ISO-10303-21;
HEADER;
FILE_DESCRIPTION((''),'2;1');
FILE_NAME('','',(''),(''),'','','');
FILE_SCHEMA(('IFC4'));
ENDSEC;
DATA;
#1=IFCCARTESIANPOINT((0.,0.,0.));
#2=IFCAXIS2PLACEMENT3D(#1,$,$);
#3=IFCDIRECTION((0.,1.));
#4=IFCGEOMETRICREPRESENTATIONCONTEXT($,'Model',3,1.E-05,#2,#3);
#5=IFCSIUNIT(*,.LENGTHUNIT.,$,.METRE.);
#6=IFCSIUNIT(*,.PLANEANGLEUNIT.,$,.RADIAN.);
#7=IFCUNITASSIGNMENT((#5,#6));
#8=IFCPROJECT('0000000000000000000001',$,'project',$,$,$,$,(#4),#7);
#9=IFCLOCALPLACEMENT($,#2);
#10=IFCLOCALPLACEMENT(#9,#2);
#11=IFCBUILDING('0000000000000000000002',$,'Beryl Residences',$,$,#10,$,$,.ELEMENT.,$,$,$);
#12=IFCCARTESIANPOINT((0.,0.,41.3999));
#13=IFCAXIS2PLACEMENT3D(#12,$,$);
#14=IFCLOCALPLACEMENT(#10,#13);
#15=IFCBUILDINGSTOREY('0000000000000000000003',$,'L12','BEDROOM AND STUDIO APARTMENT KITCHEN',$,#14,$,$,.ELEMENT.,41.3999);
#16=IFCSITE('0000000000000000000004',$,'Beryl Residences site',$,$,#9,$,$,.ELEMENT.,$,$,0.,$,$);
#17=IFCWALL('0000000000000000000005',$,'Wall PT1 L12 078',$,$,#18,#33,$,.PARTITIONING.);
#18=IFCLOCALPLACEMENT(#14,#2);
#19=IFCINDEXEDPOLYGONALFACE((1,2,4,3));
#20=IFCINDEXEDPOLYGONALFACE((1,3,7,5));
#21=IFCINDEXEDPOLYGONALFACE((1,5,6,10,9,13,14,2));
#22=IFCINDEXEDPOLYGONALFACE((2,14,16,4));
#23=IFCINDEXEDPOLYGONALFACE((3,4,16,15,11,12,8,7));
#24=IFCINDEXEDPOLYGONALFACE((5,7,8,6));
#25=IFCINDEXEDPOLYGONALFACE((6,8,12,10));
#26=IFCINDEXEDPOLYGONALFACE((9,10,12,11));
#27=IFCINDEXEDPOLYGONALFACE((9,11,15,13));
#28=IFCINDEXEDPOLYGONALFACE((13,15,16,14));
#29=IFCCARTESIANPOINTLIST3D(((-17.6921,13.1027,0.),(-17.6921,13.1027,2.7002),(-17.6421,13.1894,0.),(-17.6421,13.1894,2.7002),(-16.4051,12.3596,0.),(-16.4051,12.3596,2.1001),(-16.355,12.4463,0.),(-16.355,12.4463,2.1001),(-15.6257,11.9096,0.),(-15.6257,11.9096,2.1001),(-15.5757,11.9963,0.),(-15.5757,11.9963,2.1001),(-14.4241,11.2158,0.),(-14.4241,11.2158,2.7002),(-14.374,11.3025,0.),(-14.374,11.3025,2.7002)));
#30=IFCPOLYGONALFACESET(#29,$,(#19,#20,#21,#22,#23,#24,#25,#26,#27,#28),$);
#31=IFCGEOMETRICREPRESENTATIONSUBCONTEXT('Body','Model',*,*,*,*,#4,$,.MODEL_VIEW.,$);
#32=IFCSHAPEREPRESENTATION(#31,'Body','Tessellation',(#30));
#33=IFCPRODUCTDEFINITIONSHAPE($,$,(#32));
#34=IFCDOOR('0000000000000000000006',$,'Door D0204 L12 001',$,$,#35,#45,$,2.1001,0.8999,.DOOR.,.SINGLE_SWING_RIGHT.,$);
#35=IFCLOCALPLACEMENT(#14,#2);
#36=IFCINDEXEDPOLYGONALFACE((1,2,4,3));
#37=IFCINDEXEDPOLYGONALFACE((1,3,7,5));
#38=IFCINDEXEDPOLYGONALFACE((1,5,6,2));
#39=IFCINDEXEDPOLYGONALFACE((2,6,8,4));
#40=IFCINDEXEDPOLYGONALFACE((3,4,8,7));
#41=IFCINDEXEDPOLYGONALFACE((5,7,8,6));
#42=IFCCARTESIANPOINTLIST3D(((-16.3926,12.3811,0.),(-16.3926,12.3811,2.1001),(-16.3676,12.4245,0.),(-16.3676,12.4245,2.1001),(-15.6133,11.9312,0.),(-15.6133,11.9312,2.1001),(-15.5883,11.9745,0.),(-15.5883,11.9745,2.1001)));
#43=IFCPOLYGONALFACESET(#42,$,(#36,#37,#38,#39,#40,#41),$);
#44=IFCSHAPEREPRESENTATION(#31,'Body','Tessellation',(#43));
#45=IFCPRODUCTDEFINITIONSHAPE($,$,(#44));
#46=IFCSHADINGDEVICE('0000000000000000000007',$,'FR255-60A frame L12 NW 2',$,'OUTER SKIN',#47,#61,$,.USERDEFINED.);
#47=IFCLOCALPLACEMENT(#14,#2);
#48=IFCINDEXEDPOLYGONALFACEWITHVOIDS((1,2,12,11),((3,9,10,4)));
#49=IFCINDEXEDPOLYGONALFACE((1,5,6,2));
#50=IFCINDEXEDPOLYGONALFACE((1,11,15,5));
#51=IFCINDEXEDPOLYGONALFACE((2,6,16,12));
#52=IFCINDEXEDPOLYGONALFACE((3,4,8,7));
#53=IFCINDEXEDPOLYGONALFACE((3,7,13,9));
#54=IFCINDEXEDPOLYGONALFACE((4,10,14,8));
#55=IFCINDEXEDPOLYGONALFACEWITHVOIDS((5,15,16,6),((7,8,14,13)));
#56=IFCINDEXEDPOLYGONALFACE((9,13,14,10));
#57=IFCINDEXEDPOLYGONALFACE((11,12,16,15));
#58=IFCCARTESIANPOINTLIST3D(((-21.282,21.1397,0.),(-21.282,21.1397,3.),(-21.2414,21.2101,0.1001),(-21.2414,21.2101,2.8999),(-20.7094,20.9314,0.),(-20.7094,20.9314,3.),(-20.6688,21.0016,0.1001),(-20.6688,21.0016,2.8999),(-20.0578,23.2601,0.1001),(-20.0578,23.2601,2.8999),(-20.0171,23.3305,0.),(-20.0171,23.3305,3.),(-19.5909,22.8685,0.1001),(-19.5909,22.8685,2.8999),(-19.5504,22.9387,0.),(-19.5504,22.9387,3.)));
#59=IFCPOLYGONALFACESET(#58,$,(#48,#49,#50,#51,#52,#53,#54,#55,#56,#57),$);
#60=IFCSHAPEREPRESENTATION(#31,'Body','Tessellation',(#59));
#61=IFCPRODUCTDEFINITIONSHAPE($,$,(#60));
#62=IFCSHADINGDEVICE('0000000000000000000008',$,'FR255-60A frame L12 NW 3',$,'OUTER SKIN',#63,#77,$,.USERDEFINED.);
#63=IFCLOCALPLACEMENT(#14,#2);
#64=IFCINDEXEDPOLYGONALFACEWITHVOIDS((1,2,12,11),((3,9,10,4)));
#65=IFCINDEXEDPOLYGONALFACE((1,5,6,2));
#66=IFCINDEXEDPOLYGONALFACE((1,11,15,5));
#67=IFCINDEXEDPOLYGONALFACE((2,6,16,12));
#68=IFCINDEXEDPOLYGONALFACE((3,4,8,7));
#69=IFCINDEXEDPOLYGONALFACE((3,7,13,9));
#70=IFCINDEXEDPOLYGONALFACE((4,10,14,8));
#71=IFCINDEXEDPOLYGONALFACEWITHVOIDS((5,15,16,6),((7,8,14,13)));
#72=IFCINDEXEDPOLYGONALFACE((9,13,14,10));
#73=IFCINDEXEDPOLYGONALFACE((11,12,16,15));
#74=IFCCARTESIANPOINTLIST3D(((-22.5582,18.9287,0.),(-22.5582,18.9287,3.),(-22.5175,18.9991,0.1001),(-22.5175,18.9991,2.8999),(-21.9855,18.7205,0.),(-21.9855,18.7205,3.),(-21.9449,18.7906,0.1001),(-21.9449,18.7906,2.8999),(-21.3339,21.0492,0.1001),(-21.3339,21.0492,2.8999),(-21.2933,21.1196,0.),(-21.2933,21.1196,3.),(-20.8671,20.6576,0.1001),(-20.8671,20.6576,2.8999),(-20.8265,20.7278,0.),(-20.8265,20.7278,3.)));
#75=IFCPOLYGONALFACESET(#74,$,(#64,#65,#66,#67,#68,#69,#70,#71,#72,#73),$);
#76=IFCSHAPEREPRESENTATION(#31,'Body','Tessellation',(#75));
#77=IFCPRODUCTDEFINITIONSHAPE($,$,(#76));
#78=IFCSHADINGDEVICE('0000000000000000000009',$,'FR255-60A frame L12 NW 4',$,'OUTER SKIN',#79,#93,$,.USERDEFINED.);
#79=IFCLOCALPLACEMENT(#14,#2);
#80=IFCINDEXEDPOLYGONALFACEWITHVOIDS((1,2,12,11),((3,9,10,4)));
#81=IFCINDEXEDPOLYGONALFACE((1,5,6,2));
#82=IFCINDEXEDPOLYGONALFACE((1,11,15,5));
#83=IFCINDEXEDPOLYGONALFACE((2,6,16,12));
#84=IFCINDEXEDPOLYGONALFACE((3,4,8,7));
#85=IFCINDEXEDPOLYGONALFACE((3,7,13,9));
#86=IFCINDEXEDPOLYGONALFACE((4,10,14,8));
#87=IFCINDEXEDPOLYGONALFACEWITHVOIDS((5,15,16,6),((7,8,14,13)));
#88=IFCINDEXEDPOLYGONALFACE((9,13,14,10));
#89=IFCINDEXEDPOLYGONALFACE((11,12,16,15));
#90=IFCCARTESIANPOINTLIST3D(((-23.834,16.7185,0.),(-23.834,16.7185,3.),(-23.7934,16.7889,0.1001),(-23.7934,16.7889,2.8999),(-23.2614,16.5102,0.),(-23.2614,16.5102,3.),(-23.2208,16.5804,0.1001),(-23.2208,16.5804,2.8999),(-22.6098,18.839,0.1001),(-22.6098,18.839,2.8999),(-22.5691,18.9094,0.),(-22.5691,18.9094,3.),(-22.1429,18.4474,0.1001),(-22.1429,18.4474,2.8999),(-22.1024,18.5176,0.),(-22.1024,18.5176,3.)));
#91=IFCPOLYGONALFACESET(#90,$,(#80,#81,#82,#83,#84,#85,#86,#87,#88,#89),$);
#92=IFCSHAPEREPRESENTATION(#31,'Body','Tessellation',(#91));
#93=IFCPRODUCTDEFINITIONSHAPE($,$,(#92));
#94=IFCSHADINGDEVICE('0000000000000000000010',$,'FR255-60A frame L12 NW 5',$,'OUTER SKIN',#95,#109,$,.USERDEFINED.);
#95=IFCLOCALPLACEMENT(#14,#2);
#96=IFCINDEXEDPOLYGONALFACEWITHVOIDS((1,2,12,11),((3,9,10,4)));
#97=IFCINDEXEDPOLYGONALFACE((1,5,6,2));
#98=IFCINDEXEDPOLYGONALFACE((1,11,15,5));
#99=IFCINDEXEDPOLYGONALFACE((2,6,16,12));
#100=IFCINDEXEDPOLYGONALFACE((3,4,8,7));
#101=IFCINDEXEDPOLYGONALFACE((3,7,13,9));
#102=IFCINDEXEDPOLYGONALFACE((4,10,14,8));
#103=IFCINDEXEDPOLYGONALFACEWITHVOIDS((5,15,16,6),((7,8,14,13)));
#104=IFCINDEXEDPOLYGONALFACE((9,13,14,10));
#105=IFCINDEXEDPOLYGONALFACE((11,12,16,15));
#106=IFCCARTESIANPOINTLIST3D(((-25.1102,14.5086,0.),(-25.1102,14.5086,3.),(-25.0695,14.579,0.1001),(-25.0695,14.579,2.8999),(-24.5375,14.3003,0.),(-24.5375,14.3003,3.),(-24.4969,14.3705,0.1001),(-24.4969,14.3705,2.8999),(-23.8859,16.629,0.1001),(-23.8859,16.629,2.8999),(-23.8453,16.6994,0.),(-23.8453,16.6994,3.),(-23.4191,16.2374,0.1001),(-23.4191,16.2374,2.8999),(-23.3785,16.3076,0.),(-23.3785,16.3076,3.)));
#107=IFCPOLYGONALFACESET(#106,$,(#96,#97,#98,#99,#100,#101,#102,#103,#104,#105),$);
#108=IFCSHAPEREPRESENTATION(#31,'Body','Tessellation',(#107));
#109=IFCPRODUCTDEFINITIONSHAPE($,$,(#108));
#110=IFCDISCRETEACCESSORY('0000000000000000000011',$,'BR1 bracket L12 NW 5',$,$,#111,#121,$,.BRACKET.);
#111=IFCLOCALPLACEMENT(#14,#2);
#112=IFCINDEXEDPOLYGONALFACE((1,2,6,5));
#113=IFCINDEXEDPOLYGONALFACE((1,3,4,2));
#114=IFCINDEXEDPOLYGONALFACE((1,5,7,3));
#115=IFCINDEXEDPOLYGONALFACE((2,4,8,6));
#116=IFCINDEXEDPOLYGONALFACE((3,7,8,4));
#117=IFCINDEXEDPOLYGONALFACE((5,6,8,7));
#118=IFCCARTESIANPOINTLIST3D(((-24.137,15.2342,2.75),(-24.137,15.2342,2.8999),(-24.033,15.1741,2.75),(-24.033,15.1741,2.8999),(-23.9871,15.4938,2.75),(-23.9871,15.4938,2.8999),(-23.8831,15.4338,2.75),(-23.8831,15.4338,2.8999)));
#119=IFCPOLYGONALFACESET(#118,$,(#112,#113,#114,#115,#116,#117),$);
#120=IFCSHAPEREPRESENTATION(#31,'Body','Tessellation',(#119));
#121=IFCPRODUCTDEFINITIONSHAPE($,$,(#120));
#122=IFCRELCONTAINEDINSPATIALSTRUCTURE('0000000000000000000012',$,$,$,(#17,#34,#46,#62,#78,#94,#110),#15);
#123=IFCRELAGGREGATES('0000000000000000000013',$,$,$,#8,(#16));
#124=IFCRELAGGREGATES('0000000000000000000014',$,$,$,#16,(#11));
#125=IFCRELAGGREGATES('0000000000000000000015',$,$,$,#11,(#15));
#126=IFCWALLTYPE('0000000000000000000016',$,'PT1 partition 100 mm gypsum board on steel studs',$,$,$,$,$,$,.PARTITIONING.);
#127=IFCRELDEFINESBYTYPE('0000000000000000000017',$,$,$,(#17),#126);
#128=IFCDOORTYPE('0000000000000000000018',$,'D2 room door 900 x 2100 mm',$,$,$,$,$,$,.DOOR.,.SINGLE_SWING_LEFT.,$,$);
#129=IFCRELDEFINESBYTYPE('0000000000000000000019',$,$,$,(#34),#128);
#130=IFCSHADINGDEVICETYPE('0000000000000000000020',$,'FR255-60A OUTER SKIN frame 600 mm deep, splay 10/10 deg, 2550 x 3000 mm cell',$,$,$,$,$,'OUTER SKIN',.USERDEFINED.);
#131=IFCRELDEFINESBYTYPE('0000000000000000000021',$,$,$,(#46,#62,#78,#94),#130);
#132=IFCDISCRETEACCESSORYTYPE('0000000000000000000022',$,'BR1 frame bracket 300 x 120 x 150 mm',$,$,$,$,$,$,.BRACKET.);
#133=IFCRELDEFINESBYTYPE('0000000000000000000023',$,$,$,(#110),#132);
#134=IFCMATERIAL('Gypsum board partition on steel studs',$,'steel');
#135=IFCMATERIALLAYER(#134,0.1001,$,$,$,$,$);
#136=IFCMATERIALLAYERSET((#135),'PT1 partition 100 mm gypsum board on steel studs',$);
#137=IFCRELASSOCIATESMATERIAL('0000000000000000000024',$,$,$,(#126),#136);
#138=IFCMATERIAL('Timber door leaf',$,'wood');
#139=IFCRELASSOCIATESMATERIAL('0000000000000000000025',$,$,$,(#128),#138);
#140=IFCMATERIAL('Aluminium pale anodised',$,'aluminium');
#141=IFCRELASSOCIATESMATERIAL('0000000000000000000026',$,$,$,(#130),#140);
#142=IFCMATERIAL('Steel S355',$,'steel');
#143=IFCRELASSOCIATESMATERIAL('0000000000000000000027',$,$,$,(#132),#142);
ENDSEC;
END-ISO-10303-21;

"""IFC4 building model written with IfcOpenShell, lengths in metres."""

from ifc_helpers import new_model, entity, si_unit, direction, frame, frame_2d, origin, place, context, subcontext, project, spatial, polyline, rectangle, outline, extrude, source, transform, mapped, material, layer, layer_set, type_object, type_shapes, element, fill, save


model = new_model("IFC4")

# Units and contexts
model_context = context("Model", 3, precision=1e-05, world=origin(), true_north=direction((0.0, 1.0)))
body_context = subcontext(model_context, "Body", "Model", "MODEL_VIEW")
ifc_project = project(units=[si_unit("LENGTHUNIT", "METRE"), si_unit("PLANEANGLEUNIT", "RADIAN")], contexts=[model_context])

# Site, building, storey
site_placement = place(None, origin())
site = spatial("IfcSite", under=ifc_project, at=site_placement, Name="Beryl Residences site", CompositionType="ELEMENT", RefElevation=0.0)
building_placement = place(site_placement, origin())
building = spatial("IfcBuilding", under=site, at=building_placement, Name="Beryl Residences", CompositionType="ELEMENT")
storey_placement = place(building_placement, frame((0.0, 0.0, 41.3999)))
storey = spatial("IfcBuildingStorey", under=building, at=storey_placement, Name="L12", Description="BEDROOM AND STUDIO APARTMENT KITCHEN", CompositionType="ELEMENT", Elevation=41.3999)

# Wall, opening, door
ifc_material_1 = material(Name="Gypsum board partition on steel studs", Category="steel")
ifc_layer = layer(ifc_material_1, 0.1001)
ifc_layer_set = layer_set([ifc_layer], Name="PT1 partition 100 mm gypsum board on steel studs")
wall_type = type_object("IfcWallType", Name="PT1 partition 100 mm gypsum board on steel studs", PredefinedType="PARTITIONING", material=ifc_layer_set)
ifc_material_2 = material(Name="Timber door leaf", Category="wood")
door_type_1 = type_object("IfcDoorType", Name="D2 room door 900 x 2100 mm", OperationType="SINGLE_SWING_LEFT", PredefinedType="DOOR", material=ifc_material_2)
wall_1_placement = place(storey_placement, frame((-17.667, 13.146, 0.0), z_axis=(0.0, 0.0, 1.0), x_axis=(0.866009, -0.500029, 0.0)))
wall_1 = element("IfcWall", 1, at=wall_1_placement, inside=storey, type_object=wall_type, Name="Wall PT1 L12 078", PredefinedType="PARTITIONING", context=body_context, shape_type="SweptSolid", body=[
    extrude(rectangle(XDim=3.7737, YDim=0.1001, at=frame_2d((1.8867, 0.0))), origin(), (0.0, 0.0, 1.0), 2.7002),
])
opening_1_placement = place(wall_1_placement, frame((1.4861, 0.0, 0.0)))
opening_1 = element("IfcOpeningElement", 2, at=opening_1_placement, cuts=wall_1, PredefinedType="OPENING", context=body_context, shape_type="SweptSolid", body=[
    extrude(rectangle(XDim=0.8999, YDim=2.1001, at=frame_2d((0.45, 1.05))), frame((0.0, 0.0601, 0.0), z_axis=(0.0, -1.0, 0.0), x_axis=(1.0, 0.0, 0.0)), (0.0, 0.0, 1.0), 0.1201),
])
door_1_placement = place(opening_1_placement, origin())
door_1 = element("IfcDoor", 3, at=door_1_placement, inside=storey, type_object=door_type_1, Name="Door D0204 L12 001", OperationType="SINGLE_SWING_RIGHT", OverallHeight=2.1001, OverallWidth=0.8999, PredefinedType="DOOR", context=body_context, shape_type="SweptSolid", body=[
    extrude(rectangle(XDim=0.8999, YDim=2.1001, at=frame_2d((0.45, 1.05))), frame((0.0, 0.0249, 0.0), z_axis=(0.0, -1.0, 0.0), x_axis=(1.0, 0.0, 0.0)), (0.0, 0.0, 1.0), 0.05),
])
fill(opening_1, door_1)

# Shading devices
ifc_material_3 = material(Name="Aluminium pale anodised", Category="aluminium")
shading_device_type = type_object("IfcShadingDeviceType", Name="FR255-60A OUTER SKIN frame 600 mm deep, splay 10/10 deg, 2550 x 3000 mm cell", ElementType="OUTER SKIN", PredefinedType="USERDEFINED", material=ifc_material_3)
cartesian_point_1 = entity("IfcCartesianPoint", [-1.1589, 0.0])
cartesian_point_2 = entity("IfcCartesianPoint", [-1.0779, 0.1001])
cartesian_point_3 = entity("IfcCartesianPoint", [-1.2649, 0.0])
cartesian_point_4 = entity("IfcCartesianPoint", [-1.1836, 0.1001])
shared_shape_1 = source(origin(), body_context, "Body", "SweptSolid", [
    entity("IfcExtrudedAreaSolidTapered", entity("IfcArbitraryProfileDefWithVoids", "AREA", None, entity("IfcPolyline", [cartesian_point_1, entity("IfcCartesianPoint", [1.1589, 0.0]), entity("IfcCartesianPoint", [1.1589, 3.0]), entity("IfcCartesianPoint", [-1.1589, 3.0]), cartesian_point_1]), [entity("IfcPolyline", [cartesian_point_2, entity("IfcCartesianPoint", [1.0779, 0.1001]), entity("IfcCartesianPoint", [1.0779, 2.8999]), entity("IfcCartesianPoint", [-1.0779, 2.8999]), cartesian_point_2])]), entity("IfcAxis2Placement3D", entity("IfcCartesianPoint", [0.0, 0.0, 0.0]), entity("IfcDirection", [0.0, 1.0, 0.0]), entity("IfcDirection", [-1.0, 0.0, 0.0])), entity("IfcDirection", [0.0, 0.0, 1.0]), 0.6001, entity("IfcArbitraryProfileDefWithVoids", "AREA", None, entity("IfcPolyline", [cartesian_point_3, entity("IfcCartesianPoint", [1.2649, 0.0]), entity("IfcCartesianPoint", [1.2649, 3.0]), entity("IfcCartesianPoint", [-1.2649, 3.0]), cartesian_point_3]), [entity("IfcPolyline", [cartesian_point_4, entity("IfcCartesianPoint", [1.1836, 0.1001]), entity("IfcCartesianPoint", [1.1836, 2.8999]), entity("IfcCartesianPoint", [-1.1836, 2.8999]), cartesian_point_4])])),
])
type_shapes(shading_device_type, [shared_shape_1])
for number, where, z_axis, x_axis, name in (
    (4, (-20.1299, 21.9351, 0.0), (0.0, 0.0, 1.0), (0.5, 0.866025, 0.0), "FR255-60A frame L12 NW 2"),
    (5, (-21.406, 19.7241, 0.0), (0.0, 0.0, 1.0), (0.5, 0.866025, 0.0), "FR255-60A frame L12 NW 3"),
    (6, (-22.6819, 17.5139, 0.0), (0.0, 0.0, 1.0), (0.5, 0.866025, 0.0), "FR255-60A frame L12 NW 4"),
    (7, (-23.958, 15.304, 0.0), (0.0, 0.0, 1.0), (0.5, 0.866025, 0.0), "FR255-60A frame L12 NW 5"),
):
    element("IfcShadingDevice", number, at=place(storey_placement, frame(where, z_axis=z_axis, x_axis=x_axis)), inside=storey, type_object=shading_device_type, Name=name, ObjectType="OUTER SKIN", PredefinedType="USERDEFINED", context=body_context, shape_type="MappedRepresentation", body=[
        mapped(shared_shape_1, transform((0.0, 0.0, 0.0))),
    ])

# Discrete accessory
ifc_material_4 = material(Name="Steel S355", Category="steel")
discrete_accessory_type = type_object("IfcDiscreteAccessoryType", Name="BR1 frame bracket 300 x 120 x 150 mm", PredefinedType="BRACKET", material=ifc_material_4)
shared_shape_2 = source(origin(), body_context, "Body", "SweptSolid", [
    extrude(outline(polyline([(-0.1499, 0.0), (0.1499, 0.0), (0.1499, 0.1201), (-0.1499, 0.1201), (-0.1499, 0.0)])), origin(), (0.0, 0.0, 1.0), 0.1499),
])
type_shapes(discrete_accessory_type, [shared_shape_2])
discrete_accessory_placement = place(storey_placement, frame((-23.958, 15.304, 2.75), z_axis=(0.0, 0.0, 1.0), x_axis=(0.5, 0.866025, 0.0)))
element("IfcDiscreteAccessory", 8, at=discrete_accessory_placement, inside=storey, type_object=discrete_accessory_type, Name="BR1 bracket L12 NW 5", PredefinedType="BRACKET", context=body_context, shape_type="MappedRepresentation", body=[
    mapped(shared_shape_2, transform((0.0, 0.0, 0.0))),
])

save(model, "model.ifc")
